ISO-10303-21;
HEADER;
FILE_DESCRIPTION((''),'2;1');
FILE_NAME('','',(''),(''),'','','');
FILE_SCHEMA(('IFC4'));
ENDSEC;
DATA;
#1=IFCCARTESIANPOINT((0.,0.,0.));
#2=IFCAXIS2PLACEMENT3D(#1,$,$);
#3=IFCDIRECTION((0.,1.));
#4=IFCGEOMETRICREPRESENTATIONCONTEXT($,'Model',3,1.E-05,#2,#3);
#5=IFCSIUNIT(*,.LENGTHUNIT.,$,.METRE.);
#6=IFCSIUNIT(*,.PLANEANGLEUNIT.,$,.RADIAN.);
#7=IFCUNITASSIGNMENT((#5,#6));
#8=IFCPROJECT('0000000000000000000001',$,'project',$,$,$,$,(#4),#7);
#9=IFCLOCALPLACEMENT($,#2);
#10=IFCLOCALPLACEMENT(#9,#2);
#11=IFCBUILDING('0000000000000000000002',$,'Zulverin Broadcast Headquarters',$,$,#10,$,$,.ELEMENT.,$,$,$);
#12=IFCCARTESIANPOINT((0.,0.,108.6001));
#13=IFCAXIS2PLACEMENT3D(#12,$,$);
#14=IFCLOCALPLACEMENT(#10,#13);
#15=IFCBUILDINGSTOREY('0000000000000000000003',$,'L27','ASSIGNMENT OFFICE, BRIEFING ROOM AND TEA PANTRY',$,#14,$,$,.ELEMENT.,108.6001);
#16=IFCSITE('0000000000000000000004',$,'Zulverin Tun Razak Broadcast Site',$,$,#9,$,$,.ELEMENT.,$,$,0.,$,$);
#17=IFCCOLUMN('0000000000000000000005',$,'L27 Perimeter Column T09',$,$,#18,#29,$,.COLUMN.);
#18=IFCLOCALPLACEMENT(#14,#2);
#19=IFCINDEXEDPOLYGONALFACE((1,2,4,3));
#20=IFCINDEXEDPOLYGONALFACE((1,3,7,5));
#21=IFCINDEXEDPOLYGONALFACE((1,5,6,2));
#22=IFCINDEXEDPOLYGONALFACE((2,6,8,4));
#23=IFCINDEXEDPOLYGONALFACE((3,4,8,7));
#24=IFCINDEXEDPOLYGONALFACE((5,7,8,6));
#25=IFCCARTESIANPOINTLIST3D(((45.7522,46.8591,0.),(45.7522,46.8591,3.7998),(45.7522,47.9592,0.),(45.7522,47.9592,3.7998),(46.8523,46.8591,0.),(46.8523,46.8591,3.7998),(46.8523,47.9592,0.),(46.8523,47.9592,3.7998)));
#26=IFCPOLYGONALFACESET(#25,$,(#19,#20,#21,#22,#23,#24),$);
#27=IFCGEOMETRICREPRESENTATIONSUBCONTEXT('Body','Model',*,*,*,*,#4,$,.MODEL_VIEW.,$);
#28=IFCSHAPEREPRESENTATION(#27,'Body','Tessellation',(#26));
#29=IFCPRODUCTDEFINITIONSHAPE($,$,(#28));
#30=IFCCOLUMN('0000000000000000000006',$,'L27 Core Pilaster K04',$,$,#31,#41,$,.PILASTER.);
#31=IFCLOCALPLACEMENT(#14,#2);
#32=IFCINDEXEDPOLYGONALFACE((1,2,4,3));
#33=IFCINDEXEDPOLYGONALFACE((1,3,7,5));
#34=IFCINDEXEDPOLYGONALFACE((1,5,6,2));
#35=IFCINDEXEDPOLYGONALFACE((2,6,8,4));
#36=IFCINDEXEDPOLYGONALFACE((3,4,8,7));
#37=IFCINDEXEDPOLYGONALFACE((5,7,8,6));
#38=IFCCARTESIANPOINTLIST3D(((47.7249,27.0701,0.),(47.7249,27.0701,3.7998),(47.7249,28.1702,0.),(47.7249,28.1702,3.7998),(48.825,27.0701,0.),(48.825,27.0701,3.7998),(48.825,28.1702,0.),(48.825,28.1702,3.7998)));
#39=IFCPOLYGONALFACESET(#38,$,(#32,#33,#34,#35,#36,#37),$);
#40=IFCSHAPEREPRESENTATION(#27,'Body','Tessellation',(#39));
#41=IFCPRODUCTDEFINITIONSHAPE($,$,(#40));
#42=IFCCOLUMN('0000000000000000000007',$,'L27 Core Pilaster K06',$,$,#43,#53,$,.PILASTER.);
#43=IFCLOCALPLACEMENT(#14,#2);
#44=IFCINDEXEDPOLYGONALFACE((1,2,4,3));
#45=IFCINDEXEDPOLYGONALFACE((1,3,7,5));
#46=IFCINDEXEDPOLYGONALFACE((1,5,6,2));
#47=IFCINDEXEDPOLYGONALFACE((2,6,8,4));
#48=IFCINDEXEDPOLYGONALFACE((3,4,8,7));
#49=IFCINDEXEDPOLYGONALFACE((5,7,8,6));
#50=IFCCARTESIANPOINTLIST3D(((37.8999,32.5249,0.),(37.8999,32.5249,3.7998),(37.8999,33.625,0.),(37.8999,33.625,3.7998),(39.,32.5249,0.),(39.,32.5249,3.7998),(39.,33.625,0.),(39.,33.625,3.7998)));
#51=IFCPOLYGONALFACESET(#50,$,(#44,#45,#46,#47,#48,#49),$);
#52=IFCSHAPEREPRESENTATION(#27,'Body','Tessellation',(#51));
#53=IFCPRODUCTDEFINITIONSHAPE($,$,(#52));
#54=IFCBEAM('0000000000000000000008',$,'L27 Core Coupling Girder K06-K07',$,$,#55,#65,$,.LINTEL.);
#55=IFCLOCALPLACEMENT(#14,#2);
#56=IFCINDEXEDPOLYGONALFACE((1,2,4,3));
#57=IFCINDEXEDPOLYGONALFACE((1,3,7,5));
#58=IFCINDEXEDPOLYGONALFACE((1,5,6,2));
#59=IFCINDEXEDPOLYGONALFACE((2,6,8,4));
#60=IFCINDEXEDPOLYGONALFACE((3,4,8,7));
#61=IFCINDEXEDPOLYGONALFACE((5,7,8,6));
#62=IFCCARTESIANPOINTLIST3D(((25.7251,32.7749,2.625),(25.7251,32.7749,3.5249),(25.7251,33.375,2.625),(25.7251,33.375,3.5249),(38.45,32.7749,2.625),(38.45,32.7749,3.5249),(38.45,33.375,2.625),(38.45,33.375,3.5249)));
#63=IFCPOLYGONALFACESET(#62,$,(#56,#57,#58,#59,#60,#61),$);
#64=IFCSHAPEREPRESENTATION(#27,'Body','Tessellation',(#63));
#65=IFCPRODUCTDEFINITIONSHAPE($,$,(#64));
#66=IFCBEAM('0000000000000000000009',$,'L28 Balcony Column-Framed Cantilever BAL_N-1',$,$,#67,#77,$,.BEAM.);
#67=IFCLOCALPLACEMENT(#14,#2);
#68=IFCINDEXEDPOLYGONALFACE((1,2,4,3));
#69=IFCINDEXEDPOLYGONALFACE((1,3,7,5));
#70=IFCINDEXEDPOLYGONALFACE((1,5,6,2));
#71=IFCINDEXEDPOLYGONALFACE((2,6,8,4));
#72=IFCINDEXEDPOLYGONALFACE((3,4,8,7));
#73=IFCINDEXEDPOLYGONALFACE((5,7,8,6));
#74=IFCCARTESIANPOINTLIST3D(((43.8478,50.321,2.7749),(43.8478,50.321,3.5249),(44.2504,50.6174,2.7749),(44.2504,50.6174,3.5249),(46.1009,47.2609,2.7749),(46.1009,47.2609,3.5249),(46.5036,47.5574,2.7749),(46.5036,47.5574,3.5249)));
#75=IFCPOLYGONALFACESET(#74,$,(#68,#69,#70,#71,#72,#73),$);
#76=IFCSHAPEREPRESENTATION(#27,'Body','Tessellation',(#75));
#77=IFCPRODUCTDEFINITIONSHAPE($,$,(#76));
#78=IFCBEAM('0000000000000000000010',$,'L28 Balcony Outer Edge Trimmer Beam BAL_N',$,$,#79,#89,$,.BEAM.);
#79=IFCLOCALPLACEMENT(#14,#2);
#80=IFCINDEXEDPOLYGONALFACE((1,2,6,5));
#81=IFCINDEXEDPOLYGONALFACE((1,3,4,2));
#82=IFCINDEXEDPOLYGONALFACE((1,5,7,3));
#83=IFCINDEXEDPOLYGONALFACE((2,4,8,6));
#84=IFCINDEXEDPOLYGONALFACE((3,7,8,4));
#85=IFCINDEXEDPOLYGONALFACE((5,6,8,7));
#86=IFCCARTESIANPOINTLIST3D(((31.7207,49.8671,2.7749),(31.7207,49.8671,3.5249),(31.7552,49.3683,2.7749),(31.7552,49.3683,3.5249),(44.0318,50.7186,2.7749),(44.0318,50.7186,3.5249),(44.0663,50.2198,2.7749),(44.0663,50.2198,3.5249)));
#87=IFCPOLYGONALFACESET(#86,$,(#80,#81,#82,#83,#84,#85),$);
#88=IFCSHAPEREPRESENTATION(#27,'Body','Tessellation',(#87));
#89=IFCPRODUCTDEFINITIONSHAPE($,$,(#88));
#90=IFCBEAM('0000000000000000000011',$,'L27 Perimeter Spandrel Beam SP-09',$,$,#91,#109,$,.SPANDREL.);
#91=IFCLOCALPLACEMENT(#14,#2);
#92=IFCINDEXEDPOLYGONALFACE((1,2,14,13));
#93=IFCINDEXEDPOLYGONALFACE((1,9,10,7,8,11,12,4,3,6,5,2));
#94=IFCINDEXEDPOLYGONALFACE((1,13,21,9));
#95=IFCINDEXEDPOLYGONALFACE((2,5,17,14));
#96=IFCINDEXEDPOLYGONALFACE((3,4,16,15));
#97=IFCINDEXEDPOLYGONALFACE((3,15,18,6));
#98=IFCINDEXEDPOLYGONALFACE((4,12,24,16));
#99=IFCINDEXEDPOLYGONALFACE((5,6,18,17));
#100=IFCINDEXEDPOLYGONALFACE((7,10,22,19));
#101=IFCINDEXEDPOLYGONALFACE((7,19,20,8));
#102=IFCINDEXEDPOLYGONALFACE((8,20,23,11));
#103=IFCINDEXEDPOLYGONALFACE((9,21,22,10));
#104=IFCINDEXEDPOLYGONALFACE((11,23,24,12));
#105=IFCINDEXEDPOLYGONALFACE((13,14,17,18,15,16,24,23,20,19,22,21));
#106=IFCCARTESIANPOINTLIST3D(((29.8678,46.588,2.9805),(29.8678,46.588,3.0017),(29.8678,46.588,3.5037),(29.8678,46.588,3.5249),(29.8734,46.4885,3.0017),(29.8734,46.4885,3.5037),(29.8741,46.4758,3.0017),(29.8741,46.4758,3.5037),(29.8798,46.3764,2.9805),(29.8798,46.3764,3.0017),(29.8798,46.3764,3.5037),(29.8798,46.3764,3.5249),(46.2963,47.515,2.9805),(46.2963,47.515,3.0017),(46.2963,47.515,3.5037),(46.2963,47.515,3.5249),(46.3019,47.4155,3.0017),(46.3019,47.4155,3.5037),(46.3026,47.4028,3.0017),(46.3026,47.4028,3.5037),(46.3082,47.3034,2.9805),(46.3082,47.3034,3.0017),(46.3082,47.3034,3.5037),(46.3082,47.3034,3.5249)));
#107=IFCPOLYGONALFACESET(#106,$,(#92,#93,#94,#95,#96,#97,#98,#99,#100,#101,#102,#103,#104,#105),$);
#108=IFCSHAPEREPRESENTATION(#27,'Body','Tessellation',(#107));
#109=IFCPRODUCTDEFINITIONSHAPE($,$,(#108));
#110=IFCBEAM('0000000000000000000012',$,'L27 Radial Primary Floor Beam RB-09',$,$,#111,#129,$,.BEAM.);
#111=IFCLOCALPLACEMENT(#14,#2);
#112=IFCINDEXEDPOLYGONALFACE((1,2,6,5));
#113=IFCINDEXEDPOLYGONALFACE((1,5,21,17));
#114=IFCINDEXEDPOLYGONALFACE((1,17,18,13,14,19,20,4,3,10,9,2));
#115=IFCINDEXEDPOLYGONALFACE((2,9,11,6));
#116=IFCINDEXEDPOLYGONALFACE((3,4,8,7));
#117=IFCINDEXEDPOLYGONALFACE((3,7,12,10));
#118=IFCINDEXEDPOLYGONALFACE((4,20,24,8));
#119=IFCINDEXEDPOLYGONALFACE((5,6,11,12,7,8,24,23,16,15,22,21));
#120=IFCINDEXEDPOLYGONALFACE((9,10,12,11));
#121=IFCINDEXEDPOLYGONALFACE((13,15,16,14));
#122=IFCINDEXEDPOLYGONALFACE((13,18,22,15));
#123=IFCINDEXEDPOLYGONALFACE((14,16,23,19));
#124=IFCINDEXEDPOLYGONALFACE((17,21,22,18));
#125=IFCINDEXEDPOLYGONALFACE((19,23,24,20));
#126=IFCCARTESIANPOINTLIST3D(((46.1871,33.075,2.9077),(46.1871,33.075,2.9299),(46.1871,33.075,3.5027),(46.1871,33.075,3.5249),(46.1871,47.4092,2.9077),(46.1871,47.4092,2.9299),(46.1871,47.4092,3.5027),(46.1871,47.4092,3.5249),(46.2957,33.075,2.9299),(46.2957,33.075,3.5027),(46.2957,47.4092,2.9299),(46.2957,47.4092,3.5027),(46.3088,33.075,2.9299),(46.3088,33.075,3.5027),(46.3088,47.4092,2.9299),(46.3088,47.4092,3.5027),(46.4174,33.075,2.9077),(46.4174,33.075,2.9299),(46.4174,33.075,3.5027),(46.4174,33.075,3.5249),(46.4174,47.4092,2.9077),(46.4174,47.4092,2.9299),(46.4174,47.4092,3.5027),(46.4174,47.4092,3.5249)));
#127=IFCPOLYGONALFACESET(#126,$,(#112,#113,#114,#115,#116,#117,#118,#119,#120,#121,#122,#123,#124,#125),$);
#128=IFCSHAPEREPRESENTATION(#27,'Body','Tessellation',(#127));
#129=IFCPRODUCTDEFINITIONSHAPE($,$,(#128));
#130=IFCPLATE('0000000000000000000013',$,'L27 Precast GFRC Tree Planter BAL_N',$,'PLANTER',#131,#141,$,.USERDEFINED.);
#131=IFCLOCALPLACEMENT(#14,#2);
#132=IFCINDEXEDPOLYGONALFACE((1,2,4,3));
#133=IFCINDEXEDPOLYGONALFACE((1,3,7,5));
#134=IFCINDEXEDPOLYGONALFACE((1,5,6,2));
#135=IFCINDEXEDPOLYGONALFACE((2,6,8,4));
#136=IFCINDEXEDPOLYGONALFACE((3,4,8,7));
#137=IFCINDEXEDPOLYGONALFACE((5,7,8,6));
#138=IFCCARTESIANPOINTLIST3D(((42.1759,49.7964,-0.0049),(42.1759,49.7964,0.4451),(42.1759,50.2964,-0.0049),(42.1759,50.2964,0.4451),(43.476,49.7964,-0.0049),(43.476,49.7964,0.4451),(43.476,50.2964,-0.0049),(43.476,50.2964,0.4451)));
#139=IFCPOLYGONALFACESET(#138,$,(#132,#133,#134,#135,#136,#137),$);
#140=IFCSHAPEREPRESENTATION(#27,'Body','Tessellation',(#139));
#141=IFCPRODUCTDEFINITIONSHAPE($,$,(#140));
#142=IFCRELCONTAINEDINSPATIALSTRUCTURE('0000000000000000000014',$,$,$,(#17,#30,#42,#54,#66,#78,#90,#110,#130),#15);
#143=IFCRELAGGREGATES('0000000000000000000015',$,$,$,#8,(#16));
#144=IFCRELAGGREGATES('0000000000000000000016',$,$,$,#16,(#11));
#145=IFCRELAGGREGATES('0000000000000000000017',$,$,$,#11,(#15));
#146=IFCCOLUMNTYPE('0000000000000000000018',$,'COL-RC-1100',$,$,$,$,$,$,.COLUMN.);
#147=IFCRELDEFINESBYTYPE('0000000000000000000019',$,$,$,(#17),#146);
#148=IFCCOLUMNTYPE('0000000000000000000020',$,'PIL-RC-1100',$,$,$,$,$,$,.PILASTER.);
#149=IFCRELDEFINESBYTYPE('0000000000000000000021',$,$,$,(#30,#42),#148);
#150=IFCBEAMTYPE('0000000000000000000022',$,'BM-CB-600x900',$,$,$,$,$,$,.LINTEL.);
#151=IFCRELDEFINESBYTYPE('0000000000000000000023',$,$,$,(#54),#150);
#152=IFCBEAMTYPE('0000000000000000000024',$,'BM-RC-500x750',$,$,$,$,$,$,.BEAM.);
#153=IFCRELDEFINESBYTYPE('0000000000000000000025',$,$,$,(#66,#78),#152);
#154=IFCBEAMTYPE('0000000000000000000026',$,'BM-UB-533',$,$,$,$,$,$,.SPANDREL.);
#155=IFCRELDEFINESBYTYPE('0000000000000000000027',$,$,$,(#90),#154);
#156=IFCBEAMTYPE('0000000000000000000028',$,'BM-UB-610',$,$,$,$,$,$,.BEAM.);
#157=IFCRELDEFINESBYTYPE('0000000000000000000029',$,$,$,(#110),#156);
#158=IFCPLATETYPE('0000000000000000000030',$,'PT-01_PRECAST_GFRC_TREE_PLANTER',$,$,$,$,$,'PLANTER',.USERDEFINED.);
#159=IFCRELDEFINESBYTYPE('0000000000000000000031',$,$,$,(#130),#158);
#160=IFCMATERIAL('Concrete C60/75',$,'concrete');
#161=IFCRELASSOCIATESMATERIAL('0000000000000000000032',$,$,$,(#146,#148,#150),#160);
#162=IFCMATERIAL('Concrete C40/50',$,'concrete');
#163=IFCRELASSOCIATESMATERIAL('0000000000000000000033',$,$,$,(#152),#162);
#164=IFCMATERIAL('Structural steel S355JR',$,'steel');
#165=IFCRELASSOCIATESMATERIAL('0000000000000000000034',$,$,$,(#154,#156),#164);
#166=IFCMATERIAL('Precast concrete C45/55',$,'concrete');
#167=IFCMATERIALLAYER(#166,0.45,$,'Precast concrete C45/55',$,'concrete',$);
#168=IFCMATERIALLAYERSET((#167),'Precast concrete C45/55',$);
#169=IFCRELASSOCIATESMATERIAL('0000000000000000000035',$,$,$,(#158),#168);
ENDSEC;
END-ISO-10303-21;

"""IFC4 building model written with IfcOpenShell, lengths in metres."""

from ifc_helpers import new_model, si_unit, direction, frame, origin, origin_2d, place, context, subcontext, project, spatial, rectangle, i_section, extrude, material, layer, layer_set, material_profile, profile_set, type_object, element, save


model = new_model("IFC4")

# Units and contexts
model_context = context("Model", 3, precision=1e-05, world=origin(), true_north=direction((0.0, 1.0)))
body_context = subcontext(model_context, "Body", "Model", "MODEL_VIEW")
ifc_project = project(units=[si_unit("LENGTHUNIT", "METRE"), si_unit("PLANEANGLEUNIT", "RADIAN")], contexts=[model_context])

# Site, building, storey
site_placement = place(None, origin())
site = spatial("IfcSite", under=ifc_project, at=site_placement, Name="Zulverin Tun Razak Broadcast Site", CompositionType="ELEMENT", RefElevation=0.0)
building_placement = place(site_placement, origin())
building = spatial("IfcBuilding", under=site, at=building_placement, Name="Zulverin Broadcast Headquarters", CompositionType="ELEMENT")
storey_placement = place(building_placement, frame((0.0, 0.0, 108.6001)))
storey = spatial("IfcBuildingStorey", under=building, at=storey_placement, Name="L27", Description="ASSIGNMENT OFFICE, BRIEFING ROOM AND TEA PANTRY", CompositionType="ELEMENT", Elevation=108.6001)

# Columns
ifc_material_1 = material(Name="Concrete C60/75", Category="concrete")
ifc_material_profile_1 = material_profile(ifc_material_1, rectangle(XDim=1.1001, YDim=1.1001, at=origin_2d()), Name="Concrete C60/75", Category="concrete")
ifc_profile_set_1 = profile_set([ifc_material_profile_1], Name="Concrete C60/75")
column_type_1 = type_object("IfcColumnType", Name="COL-RC-1100", PredefinedType="COLUMN", material=ifc_profile_set_1)
column_placement = place(storey_placement, frame((46.3022, 47.4092, 0.0), z_axis=(0.0, 0.0, 1.0), x_axis=(1.0, 0.0, 0.0)))
element("IfcColumn", 1, at=column_placement, inside=storey, type_object=column_type_1, Name="L27 Perimeter Column T09", PredefinedType="COLUMN", context=body_context, shape_type="SweptSolid", body=[
    extrude(rectangle(XDim=1.1001, YDim=1.1001, at=origin_2d()), origin(), (0.0, 0.0, 1.0), 3.7998),
])
ifc_material_profile_2 = material_profile(ifc_material_1, rectangle(XDim=1.1001, YDim=1.1001, at=origin_2d()), Name="Concrete C60/75", Category="concrete")
ifc_profile_set_2 = profile_set([ifc_material_profile_2], Name="Concrete C60/75")
column_type_2 = type_object("IfcColumnType", Name="PIL-RC-1100", PredefinedType="PILASTER", material=ifc_profile_set_2)
for number, where, z_axis, x_axis, name in (
    (2, (48.2749, 27.6201, 0.0), (0.0, 0.0, 1.0), (1.0, 0.0, 0.0), "L27 Core Pilaster K04"),
    (3, (38.45, 33.075, 0.0), (0.0, 0.0, 1.0), (1.0, 0.0, 0.0), "L27 Core Pilaster K06"),
):
    element("IfcColumn", number, at=place(storey_placement, frame(where, z_axis=z_axis, x_axis=x_axis)), inside=storey, type_object=column_type_2, Name=name, PredefinedType="PILASTER", context=body_context, shape_type="SweptSolid", body=[
        extrude(rectangle(XDim=1.1001, YDim=1.1001, at=origin_2d()), origin(), (0.0, 0.0, 1.0), 3.7998),
    ])

# Beams
ifc_material_profile_3 = material_profile(ifc_material_1, rectangle(XDim=0.6001, YDim=0.8999, at=origin_2d()), Name="Concrete C60/75", Category="concrete")
ifc_profile_set_3 = profile_set([ifc_material_profile_3], Name="Concrete C60/75")
beam_type_1 = type_object("IfcBeamType", Name="BM-CB-600x900", PredefinedType="LINTEL", material=ifc_profile_set_3)
beam_1_placement = place(storey_placement, frame((38.45, 33.075, 3.075), z_axis=(-1.0, 0.0, 0.0), x_axis=(0.0, -1.0, 0.0)))
element("IfcBeam", 4, at=beam_1_placement, inside=storey, type_object=beam_type_1, Name="L27 Core Coupling Girder K06-K07", PredefinedType="LINTEL", context=body_context, shape_type="SweptSolid", body=[
    extrude(rectangle(XDim=0.6001, YDim=0.8999, at=origin_2d()), origin(), (0.0, 0.0, 1.0), 12.7249),
])
ifc_material_2 = material(Name="Concrete C40/50", Category="concrete")
ifc_material_profile_4 = material_profile(ifc_material_2, rectangle(XDim=0.5, YDim=0.75, at=origin_2d()), Name="Concrete C40/50", Category="concrete")
ifc_profile_set_4 = profile_set([ifc_material_profile_4], Name="Concrete C40/50")
beam_type_2 = type_object("IfcBeamType", Name="BM-RC-500x750", PredefinedType="BEAM", material=ifc_profile_set_4)
beam_2_placement = place(storey_placement, frame((46.3022, 47.4092, 3.1499), z_axis=(-0.592925, 0.805258, 0.0), x_axis=(-0.805258, -0.592925, 0.0)))
element("IfcBeam", 5, at=beam_2_placement, inside=storey, type_object=beam_type_2, Name="L28 Balcony Column-Framed Cantilever BAL_N-1", PredefinedType="BEAM", context=body_context, shape_type="SweptSolid", body=[
    extrude(rectangle(XDim=0.5, YDim=0.75, at=origin_2d()), origin(), (0.0, 0.0, 1.0), 3.8),
])
beam_3_placement = place(storey_placement, frame((44.0491, 50.4692, 3.1499), z_axis=(-0.997616, -0.069004, 0.0), x_axis=(0.069004, -0.997616, 0.0)))
element("IfcBeam", 6, at=beam_3_placement, inside=storey, type_object=beam_type_2, Name="L28 Balcony Outer Edge Trimmer Beam BAL_N", PredefinedType="BEAM", context=body_context, shape_type="SweptSolid", body=[
    extrude(rectangle(XDim=0.5, YDim=0.75, at=origin_2d()), origin(), (0.0, 0.0, 1.0), 12.3406),
])
ifc_material_3 = material(Name="Structural steel S355JR", Category="steel")
ifc_material_profile_5 = material_profile(ifc_material_3, i_section(OverallWidth=0.2119, OverallDepth=0.5444, WebThickness=0.0127, FlangeThickness=0.0212, at=origin_2d()), Name="Structural steel S355JR", Category="steel")
ifc_profile_set_5 = profile_set([ifc_material_profile_5], Name="Structural steel S355JR")
beam_type_3 = type_object("IfcBeamType", Name="BM-UB-533", PredefinedType="SPANDREL", material=ifc_profile_set_5)
beam_4_placement = place(storey_placement, frame((46.3022, 47.4092, 3.2527), z_axis=(-0.998412, -0.056337, 0.0), x_axis=(0.056337, -0.998412, 0.0)))
element("IfcBeam", 7, at=beam_4_placement, inside=storey, type_object=beam_type_3, Name="L27 Perimeter Spandrel Beam SP-09", PredefinedType="SPANDREL", context=body_context, shape_type="SweptSolid", body=[
    extrude(i_section(OverallWidth=0.2119, OverallDepth=0.5444, WebThickness=0.0127, FlangeThickness=0.0212, at=origin_2d()), origin(), (0.0, 0.0, 1.0), 16.4546),
])
ifc_material_profile_6 = material_profile(ifc_material_3, i_section(OverallWidth=0.2302, OverallDepth=0.6172, WebThickness=0.0132, FlangeThickness=0.0222, at=origin_2d()), Name="Structural steel S355JR", Category="steel")
ifc_profile_set_6 = profile_set([ifc_material_profile_6], Name="Structural steel S355JR")
beam_type_4 = type_object("IfcBeamType", Name="BM-UB-610", PredefinedType="BEAM", material=ifc_profile_set_6)
beam_5_placement = place(storey_placement, frame((46.3022, 33.075, 3.2163), z_axis=(0.0, 1.0, 0.0), x_axis=(-1.0, 0.0, 0.0)))
element("IfcBeam", 8, at=beam_5_placement, inside=storey, type_object=beam_type_4, Name="L27 Radial Primary Floor Beam RB-09", PredefinedType="BEAM", context=body_context, shape_type="SweptSolid", body=[
    extrude(i_section(OverallWidth=0.2302, OverallDepth=0.6172, WebThickness=0.0132, FlangeThickness=0.0222, at=origin_2d()), origin(), (0.0, 0.0, 1.0), 14.3342),
])

# Plate
ifc_material_4 = material(Name="Precast concrete C45/55", Category="concrete")
ifc_layer_1 = layer(ifc_material_4, 0.45, Name="Precast concrete C45/55", Category="concrete")
ifc_layer_set_1 = layer_set([ifc_layer_1], Name="Precast concrete C45/55")
plate_type = type_object("IfcPlateType", Name="PT-01_PRECAST_GFRC_TREE_PLANTER", ElementType="PLANTER", PredefinedType="USERDEFINED", material=ifc_layer_set_1)
plate_placement = place(storey_placement, frame((42.8259, 50.0464, -0.0049), z_axis=(0.0, 0.0, 1.0), x_axis=(1.0, 0.0, 0.0)))
element("IfcPlate", 9, at=plate_placement, inside=storey, type_object=plate_type, Name="L27 Precast GFRC Tree Planter BAL_N", ObjectType="PLANTER", PredefinedType="USERDEFINED", context=body_context, shape_type="SweptSolid", body=[
    extrude(rectangle(XDim=1.3, YDim=0.5, at=origin_2d()), origin(), (0.0, 0.0, 1.0), 0.45),
])

save(model, "model.ifc")
